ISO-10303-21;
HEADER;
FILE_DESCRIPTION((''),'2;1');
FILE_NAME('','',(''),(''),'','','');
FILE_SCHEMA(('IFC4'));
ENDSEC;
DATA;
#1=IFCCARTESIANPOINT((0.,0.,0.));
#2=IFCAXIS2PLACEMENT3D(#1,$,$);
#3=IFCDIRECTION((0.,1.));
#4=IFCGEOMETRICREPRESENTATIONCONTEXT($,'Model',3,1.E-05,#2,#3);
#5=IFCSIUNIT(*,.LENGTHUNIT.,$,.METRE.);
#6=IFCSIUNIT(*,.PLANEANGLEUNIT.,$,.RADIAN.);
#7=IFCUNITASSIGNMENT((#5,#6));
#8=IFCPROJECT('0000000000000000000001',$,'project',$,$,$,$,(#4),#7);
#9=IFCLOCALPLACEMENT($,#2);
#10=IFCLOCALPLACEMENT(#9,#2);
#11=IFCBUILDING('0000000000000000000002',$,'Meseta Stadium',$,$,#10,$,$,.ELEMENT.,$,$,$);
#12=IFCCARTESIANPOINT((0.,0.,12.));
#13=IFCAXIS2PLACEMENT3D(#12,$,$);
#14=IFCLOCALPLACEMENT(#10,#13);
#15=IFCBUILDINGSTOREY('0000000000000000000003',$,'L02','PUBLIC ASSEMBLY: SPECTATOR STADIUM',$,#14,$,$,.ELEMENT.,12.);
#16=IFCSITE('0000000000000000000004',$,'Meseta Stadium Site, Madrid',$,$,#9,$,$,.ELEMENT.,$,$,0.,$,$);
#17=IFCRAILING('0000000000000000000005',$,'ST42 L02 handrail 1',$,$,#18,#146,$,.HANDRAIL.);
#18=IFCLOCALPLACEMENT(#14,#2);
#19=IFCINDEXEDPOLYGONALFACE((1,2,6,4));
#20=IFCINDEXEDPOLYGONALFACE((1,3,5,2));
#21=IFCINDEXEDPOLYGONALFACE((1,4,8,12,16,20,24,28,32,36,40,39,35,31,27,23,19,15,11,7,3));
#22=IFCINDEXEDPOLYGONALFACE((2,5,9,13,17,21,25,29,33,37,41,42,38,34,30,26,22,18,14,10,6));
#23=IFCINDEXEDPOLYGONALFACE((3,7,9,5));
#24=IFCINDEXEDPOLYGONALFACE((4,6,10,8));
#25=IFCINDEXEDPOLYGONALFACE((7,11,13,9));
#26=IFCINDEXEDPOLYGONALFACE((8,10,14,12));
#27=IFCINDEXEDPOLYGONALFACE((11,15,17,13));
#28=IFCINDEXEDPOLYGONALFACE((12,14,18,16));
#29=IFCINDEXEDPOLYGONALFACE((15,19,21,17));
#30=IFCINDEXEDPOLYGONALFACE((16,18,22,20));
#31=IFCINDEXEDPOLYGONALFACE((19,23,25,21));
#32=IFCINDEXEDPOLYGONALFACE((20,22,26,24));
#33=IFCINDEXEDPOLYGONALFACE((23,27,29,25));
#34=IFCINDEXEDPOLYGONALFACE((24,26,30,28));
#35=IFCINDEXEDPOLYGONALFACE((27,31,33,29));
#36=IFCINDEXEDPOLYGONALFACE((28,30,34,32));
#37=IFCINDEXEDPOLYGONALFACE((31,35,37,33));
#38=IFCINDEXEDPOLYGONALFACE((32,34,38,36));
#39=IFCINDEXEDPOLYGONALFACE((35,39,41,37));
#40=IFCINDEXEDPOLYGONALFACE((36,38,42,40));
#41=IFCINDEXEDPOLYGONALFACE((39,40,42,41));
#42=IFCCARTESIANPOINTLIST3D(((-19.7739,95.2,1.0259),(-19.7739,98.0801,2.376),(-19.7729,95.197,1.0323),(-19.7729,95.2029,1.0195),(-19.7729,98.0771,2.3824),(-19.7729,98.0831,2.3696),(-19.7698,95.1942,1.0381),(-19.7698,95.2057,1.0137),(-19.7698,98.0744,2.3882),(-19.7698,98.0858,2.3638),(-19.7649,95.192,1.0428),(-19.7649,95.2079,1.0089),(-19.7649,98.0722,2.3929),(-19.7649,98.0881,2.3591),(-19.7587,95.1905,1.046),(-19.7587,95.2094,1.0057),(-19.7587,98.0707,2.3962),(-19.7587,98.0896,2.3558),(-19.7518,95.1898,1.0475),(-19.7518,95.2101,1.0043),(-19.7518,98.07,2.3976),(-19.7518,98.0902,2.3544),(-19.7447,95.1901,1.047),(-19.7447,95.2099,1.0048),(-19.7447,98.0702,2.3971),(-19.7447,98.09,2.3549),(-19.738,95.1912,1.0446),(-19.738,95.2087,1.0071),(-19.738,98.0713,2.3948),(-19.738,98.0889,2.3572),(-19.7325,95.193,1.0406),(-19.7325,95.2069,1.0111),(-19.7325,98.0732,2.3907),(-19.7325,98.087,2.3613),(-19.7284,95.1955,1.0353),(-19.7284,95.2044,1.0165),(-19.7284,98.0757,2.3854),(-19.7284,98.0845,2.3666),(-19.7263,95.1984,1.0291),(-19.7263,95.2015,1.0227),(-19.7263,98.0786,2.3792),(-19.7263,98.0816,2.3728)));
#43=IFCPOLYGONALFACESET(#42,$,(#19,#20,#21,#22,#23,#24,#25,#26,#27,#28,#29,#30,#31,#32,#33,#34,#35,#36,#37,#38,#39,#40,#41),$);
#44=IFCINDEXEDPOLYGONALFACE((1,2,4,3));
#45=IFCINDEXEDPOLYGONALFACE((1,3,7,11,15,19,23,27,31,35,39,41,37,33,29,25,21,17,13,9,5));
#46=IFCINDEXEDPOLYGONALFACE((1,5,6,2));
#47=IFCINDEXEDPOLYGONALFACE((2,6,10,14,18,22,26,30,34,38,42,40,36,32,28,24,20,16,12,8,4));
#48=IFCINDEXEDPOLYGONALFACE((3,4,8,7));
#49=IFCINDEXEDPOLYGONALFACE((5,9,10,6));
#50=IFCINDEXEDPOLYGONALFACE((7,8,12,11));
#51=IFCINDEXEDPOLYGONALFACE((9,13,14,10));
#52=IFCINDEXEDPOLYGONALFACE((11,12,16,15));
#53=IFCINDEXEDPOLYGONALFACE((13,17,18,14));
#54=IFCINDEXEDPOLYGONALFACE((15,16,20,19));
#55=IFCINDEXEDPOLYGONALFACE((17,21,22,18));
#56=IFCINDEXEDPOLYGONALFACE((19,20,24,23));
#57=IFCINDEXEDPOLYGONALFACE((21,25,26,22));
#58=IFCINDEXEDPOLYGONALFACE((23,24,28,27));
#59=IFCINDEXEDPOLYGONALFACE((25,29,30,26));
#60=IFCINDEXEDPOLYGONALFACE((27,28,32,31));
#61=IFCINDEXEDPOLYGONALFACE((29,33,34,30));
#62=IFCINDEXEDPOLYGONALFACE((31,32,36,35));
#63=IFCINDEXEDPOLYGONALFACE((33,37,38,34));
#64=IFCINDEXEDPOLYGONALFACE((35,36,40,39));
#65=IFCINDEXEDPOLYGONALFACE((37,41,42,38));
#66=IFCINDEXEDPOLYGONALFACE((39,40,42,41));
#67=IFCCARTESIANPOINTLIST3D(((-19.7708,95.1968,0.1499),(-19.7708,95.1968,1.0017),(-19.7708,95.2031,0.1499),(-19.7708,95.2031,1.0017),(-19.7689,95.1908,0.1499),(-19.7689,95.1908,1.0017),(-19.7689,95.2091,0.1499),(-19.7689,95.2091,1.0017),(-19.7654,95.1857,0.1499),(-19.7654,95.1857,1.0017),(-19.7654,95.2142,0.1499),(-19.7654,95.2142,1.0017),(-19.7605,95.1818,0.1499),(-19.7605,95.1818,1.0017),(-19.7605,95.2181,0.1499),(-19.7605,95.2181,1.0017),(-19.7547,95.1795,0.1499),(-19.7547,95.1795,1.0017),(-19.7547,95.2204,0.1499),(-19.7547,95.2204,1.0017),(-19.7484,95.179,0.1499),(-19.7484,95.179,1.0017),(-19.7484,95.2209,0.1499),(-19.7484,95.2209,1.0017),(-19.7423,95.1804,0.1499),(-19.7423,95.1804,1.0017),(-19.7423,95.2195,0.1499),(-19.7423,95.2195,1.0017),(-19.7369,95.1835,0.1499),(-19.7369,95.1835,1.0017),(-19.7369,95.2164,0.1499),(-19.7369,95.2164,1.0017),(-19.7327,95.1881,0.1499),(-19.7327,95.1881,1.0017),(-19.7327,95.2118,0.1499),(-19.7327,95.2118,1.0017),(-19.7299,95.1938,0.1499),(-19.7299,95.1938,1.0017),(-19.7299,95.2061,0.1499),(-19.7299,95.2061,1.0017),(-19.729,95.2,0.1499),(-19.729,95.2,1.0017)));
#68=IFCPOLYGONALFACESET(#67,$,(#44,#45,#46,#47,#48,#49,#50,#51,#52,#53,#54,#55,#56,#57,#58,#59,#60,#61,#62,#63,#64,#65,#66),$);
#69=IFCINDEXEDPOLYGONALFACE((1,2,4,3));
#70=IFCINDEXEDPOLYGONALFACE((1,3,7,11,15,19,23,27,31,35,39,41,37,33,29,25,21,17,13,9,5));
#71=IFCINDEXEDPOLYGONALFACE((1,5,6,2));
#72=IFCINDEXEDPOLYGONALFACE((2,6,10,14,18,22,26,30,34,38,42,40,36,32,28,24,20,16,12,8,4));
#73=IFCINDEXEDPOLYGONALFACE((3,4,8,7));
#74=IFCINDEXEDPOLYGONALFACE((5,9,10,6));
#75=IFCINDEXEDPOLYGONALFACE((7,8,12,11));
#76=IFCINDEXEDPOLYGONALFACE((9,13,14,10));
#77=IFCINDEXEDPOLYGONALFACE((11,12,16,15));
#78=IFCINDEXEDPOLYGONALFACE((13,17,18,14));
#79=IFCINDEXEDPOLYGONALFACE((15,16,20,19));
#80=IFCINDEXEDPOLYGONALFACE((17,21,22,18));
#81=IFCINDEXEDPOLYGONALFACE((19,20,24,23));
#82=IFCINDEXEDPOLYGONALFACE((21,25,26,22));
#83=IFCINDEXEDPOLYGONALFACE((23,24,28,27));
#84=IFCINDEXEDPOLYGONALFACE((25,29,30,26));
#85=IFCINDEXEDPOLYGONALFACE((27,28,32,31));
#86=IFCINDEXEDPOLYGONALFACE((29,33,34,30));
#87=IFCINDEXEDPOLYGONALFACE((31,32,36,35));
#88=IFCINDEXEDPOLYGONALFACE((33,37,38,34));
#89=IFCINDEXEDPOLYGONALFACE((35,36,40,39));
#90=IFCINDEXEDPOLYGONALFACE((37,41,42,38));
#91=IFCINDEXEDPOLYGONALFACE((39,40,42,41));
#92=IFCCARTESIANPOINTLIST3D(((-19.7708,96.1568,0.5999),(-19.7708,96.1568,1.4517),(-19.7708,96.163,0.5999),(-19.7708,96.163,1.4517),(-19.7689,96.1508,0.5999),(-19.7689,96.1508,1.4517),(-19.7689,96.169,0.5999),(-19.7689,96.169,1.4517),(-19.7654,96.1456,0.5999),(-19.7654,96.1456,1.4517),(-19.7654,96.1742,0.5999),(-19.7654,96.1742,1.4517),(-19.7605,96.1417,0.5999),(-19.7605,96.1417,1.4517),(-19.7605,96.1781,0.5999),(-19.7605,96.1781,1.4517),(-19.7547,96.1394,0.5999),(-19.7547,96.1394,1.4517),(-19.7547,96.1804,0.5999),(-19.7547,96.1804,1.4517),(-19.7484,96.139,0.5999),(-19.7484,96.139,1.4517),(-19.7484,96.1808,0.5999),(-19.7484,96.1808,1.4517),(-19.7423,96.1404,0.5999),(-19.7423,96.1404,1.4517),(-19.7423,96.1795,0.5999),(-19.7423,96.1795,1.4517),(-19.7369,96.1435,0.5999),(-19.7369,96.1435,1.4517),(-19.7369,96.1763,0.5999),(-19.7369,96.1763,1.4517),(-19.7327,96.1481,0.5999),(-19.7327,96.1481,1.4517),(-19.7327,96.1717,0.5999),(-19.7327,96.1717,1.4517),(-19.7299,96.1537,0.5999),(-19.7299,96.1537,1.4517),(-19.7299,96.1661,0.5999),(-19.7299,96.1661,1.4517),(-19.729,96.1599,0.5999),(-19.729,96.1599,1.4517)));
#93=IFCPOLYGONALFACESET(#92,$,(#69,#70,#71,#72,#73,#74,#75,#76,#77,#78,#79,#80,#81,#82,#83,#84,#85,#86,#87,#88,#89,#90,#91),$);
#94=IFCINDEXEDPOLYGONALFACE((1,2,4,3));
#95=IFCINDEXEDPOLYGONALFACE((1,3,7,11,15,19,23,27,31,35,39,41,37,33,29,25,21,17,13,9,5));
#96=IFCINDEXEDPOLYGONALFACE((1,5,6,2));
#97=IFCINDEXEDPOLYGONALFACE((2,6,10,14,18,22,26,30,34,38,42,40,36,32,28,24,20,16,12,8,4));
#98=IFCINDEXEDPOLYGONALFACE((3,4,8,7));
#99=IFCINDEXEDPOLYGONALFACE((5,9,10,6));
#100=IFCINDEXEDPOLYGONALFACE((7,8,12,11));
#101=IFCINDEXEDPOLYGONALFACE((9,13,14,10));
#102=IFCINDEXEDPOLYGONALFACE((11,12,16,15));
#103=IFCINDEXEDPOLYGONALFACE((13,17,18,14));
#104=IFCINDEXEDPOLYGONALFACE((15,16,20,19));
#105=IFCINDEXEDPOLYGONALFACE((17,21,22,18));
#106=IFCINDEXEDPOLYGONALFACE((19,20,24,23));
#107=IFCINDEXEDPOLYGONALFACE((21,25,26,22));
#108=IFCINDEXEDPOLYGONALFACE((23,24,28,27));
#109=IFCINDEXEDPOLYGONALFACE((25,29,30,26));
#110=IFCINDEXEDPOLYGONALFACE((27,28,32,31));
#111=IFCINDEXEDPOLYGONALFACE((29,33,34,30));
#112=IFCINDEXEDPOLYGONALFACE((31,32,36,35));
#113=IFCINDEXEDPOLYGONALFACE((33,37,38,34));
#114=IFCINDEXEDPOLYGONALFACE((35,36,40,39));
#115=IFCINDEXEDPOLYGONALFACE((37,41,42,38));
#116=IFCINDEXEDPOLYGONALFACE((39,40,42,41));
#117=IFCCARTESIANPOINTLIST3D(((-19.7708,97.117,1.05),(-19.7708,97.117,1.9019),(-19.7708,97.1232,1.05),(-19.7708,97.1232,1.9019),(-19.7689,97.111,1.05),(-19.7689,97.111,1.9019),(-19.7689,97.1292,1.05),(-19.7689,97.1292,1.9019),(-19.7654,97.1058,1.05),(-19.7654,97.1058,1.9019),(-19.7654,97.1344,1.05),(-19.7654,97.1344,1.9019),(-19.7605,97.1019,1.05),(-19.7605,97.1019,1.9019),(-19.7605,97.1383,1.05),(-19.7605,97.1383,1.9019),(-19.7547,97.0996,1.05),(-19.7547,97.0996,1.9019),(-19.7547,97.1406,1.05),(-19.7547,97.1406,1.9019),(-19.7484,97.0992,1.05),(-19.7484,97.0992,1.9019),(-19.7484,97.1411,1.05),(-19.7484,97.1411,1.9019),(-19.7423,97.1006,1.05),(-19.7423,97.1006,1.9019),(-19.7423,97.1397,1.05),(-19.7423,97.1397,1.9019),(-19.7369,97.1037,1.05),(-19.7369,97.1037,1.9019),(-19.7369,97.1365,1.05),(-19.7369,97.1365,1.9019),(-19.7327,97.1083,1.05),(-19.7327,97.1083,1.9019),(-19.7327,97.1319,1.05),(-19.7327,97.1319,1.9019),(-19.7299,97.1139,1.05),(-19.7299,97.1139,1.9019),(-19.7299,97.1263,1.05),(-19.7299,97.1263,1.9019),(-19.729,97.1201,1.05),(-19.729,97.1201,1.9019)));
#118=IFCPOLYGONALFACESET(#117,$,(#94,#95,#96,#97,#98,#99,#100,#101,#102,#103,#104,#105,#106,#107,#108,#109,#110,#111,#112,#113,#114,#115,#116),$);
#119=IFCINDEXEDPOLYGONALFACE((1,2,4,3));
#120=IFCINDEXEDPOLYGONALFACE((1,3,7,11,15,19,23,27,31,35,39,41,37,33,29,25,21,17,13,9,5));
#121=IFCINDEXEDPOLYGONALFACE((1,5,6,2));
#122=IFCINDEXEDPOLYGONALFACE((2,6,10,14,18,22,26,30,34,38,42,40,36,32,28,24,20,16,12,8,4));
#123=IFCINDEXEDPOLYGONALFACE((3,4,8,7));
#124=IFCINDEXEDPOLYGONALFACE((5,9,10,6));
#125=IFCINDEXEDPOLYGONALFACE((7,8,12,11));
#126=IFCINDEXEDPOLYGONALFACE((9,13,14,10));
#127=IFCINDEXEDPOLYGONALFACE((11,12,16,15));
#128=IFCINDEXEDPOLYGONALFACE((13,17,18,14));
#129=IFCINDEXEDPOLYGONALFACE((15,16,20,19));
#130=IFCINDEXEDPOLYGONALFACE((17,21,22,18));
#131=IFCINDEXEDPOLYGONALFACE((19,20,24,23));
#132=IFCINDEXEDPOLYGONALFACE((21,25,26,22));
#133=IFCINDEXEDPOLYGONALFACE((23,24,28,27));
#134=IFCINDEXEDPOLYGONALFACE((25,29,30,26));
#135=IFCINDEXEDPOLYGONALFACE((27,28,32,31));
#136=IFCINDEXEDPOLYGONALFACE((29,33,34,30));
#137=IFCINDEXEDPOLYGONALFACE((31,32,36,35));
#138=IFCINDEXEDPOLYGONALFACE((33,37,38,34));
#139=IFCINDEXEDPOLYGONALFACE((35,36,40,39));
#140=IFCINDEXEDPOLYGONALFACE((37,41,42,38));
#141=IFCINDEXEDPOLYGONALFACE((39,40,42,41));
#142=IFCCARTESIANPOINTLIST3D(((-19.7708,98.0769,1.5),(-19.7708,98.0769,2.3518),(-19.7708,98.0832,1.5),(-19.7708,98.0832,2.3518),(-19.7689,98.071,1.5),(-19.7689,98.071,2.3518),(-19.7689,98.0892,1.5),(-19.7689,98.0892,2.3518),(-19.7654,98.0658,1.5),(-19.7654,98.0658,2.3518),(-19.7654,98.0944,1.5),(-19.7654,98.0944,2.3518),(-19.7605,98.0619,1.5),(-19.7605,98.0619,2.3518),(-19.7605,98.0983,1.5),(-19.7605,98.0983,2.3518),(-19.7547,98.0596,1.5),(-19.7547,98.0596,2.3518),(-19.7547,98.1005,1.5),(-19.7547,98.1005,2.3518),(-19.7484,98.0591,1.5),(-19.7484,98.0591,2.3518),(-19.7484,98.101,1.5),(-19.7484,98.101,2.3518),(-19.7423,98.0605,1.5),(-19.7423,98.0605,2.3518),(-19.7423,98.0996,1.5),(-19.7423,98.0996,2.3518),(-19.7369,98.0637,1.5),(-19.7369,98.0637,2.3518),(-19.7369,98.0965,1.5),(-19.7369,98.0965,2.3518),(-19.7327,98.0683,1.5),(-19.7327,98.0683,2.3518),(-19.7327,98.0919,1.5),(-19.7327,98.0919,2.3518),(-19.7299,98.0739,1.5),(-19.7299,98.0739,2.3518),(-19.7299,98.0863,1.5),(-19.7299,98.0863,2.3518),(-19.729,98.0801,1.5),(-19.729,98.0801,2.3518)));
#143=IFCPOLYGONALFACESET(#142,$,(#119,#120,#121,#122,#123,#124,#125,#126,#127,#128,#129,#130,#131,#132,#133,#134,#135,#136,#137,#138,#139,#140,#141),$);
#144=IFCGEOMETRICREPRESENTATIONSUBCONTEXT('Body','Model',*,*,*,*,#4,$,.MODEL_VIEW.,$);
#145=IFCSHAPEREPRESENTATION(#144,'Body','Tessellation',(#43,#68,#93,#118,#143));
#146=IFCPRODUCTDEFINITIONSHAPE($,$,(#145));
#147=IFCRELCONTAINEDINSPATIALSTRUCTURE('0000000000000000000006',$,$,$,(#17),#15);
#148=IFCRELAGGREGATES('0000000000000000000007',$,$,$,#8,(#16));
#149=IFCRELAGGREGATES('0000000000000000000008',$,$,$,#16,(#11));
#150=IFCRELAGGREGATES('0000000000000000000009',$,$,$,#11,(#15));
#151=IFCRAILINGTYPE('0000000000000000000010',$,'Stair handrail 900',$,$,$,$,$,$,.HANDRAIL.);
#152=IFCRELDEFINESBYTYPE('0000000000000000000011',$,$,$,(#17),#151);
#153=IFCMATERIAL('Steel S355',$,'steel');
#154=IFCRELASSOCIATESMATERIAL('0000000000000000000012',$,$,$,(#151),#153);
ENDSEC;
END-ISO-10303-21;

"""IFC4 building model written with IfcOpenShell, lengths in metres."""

from ifc_helpers import new_model, si_unit, direction, frame, origin, origin_2d, place, context, subcontext, project, spatial, circle, extrude, material, type_object, element, save


model = new_model("IFC4")

# Units and contexts
model_context = context("Model", 3, precision=1e-05, world=origin(), true_north=direction((0.0, 1.0)))
body_context = subcontext(model_context, "Body", "Model", "MODEL_VIEW")
ifc_project = project(units=[si_unit("LENGTHUNIT", "METRE"), si_unit("PLANEANGLEUNIT", "RADIAN")], contexts=[model_context])

# Site, building, storey
site_placement = place(None, origin())
site = spatial("IfcSite", under=ifc_project, at=site_placement, Name="Meseta Stadium Site, Madrid", CompositionType="ELEMENT", RefElevation=0.0)
building_placement = place(site_placement, origin())
building = spatial("IfcBuilding", under=site, at=building_placement, Name="Meseta Stadium", CompositionType="ELEMENT")
storey_placement = place(building_placement, frame((0.0, 0.0, 12.0)))
storey = spatial("IfcBuildingStorey", under=building, at=storey_placement, Name="L02", Description="PUBLIC ASSEMBLY: SPECTATOR STADIUM", CompositionType="ELEMENT", Elevation=12.0)

# Railing
ifc_material_1 = material(Name="Steel S355", Category="steel")
railing_type_1 = type_object("IfcRailingType", Name="Stair handrail 900", PredefinedType="HANDRAIL", material=ifc_material_1)
for number, where, name in (
    (1, (-19.75, 95.2, 0.1499), "ST42 L02 handrail 1"),
):
    element("IfcRailing", number, at=place(storey_placement, frame(where)), inside=storey, type_object=railing_type_1, Name=name, PredefinedType="HANDRAIL", context=body_context, shape_type="SweptSolid", body=[
        extrude(circle(Radius=0.0239, at=origin_2d()), frame((0.0, 0.0, 0.876), z_axis=(0.0, 0.905454, 0.424444), x_axis=(-1.0, 0.0, 0.0)), (0.0, 0.0, 1.0), 3.1809),
        extrude(circle(Radius=0.021, at=origin_2d()), origin(), (0.0, 0.0, 1.0), 0.8518),
        extrude(circle(Radius=0.021, at=origin_2d()), frame((0.0, 0.96, 0.45)), (0.0, 0.0, 1.0), 0.8518),
        extrude(circle(Radius=0.021, at=origin_2d()), frame((0.0, 1.9202, 0.9001)), (0.0, 0.0, 1.0), 0.8518),
        extrude(circle(Radius=0.021, at=origin_2d()), frame((0.0, 2.8801, 1.3501)), (0.0, 0.0, 1.0), 0.8518),
    ])

save(model, "model.ifc")
